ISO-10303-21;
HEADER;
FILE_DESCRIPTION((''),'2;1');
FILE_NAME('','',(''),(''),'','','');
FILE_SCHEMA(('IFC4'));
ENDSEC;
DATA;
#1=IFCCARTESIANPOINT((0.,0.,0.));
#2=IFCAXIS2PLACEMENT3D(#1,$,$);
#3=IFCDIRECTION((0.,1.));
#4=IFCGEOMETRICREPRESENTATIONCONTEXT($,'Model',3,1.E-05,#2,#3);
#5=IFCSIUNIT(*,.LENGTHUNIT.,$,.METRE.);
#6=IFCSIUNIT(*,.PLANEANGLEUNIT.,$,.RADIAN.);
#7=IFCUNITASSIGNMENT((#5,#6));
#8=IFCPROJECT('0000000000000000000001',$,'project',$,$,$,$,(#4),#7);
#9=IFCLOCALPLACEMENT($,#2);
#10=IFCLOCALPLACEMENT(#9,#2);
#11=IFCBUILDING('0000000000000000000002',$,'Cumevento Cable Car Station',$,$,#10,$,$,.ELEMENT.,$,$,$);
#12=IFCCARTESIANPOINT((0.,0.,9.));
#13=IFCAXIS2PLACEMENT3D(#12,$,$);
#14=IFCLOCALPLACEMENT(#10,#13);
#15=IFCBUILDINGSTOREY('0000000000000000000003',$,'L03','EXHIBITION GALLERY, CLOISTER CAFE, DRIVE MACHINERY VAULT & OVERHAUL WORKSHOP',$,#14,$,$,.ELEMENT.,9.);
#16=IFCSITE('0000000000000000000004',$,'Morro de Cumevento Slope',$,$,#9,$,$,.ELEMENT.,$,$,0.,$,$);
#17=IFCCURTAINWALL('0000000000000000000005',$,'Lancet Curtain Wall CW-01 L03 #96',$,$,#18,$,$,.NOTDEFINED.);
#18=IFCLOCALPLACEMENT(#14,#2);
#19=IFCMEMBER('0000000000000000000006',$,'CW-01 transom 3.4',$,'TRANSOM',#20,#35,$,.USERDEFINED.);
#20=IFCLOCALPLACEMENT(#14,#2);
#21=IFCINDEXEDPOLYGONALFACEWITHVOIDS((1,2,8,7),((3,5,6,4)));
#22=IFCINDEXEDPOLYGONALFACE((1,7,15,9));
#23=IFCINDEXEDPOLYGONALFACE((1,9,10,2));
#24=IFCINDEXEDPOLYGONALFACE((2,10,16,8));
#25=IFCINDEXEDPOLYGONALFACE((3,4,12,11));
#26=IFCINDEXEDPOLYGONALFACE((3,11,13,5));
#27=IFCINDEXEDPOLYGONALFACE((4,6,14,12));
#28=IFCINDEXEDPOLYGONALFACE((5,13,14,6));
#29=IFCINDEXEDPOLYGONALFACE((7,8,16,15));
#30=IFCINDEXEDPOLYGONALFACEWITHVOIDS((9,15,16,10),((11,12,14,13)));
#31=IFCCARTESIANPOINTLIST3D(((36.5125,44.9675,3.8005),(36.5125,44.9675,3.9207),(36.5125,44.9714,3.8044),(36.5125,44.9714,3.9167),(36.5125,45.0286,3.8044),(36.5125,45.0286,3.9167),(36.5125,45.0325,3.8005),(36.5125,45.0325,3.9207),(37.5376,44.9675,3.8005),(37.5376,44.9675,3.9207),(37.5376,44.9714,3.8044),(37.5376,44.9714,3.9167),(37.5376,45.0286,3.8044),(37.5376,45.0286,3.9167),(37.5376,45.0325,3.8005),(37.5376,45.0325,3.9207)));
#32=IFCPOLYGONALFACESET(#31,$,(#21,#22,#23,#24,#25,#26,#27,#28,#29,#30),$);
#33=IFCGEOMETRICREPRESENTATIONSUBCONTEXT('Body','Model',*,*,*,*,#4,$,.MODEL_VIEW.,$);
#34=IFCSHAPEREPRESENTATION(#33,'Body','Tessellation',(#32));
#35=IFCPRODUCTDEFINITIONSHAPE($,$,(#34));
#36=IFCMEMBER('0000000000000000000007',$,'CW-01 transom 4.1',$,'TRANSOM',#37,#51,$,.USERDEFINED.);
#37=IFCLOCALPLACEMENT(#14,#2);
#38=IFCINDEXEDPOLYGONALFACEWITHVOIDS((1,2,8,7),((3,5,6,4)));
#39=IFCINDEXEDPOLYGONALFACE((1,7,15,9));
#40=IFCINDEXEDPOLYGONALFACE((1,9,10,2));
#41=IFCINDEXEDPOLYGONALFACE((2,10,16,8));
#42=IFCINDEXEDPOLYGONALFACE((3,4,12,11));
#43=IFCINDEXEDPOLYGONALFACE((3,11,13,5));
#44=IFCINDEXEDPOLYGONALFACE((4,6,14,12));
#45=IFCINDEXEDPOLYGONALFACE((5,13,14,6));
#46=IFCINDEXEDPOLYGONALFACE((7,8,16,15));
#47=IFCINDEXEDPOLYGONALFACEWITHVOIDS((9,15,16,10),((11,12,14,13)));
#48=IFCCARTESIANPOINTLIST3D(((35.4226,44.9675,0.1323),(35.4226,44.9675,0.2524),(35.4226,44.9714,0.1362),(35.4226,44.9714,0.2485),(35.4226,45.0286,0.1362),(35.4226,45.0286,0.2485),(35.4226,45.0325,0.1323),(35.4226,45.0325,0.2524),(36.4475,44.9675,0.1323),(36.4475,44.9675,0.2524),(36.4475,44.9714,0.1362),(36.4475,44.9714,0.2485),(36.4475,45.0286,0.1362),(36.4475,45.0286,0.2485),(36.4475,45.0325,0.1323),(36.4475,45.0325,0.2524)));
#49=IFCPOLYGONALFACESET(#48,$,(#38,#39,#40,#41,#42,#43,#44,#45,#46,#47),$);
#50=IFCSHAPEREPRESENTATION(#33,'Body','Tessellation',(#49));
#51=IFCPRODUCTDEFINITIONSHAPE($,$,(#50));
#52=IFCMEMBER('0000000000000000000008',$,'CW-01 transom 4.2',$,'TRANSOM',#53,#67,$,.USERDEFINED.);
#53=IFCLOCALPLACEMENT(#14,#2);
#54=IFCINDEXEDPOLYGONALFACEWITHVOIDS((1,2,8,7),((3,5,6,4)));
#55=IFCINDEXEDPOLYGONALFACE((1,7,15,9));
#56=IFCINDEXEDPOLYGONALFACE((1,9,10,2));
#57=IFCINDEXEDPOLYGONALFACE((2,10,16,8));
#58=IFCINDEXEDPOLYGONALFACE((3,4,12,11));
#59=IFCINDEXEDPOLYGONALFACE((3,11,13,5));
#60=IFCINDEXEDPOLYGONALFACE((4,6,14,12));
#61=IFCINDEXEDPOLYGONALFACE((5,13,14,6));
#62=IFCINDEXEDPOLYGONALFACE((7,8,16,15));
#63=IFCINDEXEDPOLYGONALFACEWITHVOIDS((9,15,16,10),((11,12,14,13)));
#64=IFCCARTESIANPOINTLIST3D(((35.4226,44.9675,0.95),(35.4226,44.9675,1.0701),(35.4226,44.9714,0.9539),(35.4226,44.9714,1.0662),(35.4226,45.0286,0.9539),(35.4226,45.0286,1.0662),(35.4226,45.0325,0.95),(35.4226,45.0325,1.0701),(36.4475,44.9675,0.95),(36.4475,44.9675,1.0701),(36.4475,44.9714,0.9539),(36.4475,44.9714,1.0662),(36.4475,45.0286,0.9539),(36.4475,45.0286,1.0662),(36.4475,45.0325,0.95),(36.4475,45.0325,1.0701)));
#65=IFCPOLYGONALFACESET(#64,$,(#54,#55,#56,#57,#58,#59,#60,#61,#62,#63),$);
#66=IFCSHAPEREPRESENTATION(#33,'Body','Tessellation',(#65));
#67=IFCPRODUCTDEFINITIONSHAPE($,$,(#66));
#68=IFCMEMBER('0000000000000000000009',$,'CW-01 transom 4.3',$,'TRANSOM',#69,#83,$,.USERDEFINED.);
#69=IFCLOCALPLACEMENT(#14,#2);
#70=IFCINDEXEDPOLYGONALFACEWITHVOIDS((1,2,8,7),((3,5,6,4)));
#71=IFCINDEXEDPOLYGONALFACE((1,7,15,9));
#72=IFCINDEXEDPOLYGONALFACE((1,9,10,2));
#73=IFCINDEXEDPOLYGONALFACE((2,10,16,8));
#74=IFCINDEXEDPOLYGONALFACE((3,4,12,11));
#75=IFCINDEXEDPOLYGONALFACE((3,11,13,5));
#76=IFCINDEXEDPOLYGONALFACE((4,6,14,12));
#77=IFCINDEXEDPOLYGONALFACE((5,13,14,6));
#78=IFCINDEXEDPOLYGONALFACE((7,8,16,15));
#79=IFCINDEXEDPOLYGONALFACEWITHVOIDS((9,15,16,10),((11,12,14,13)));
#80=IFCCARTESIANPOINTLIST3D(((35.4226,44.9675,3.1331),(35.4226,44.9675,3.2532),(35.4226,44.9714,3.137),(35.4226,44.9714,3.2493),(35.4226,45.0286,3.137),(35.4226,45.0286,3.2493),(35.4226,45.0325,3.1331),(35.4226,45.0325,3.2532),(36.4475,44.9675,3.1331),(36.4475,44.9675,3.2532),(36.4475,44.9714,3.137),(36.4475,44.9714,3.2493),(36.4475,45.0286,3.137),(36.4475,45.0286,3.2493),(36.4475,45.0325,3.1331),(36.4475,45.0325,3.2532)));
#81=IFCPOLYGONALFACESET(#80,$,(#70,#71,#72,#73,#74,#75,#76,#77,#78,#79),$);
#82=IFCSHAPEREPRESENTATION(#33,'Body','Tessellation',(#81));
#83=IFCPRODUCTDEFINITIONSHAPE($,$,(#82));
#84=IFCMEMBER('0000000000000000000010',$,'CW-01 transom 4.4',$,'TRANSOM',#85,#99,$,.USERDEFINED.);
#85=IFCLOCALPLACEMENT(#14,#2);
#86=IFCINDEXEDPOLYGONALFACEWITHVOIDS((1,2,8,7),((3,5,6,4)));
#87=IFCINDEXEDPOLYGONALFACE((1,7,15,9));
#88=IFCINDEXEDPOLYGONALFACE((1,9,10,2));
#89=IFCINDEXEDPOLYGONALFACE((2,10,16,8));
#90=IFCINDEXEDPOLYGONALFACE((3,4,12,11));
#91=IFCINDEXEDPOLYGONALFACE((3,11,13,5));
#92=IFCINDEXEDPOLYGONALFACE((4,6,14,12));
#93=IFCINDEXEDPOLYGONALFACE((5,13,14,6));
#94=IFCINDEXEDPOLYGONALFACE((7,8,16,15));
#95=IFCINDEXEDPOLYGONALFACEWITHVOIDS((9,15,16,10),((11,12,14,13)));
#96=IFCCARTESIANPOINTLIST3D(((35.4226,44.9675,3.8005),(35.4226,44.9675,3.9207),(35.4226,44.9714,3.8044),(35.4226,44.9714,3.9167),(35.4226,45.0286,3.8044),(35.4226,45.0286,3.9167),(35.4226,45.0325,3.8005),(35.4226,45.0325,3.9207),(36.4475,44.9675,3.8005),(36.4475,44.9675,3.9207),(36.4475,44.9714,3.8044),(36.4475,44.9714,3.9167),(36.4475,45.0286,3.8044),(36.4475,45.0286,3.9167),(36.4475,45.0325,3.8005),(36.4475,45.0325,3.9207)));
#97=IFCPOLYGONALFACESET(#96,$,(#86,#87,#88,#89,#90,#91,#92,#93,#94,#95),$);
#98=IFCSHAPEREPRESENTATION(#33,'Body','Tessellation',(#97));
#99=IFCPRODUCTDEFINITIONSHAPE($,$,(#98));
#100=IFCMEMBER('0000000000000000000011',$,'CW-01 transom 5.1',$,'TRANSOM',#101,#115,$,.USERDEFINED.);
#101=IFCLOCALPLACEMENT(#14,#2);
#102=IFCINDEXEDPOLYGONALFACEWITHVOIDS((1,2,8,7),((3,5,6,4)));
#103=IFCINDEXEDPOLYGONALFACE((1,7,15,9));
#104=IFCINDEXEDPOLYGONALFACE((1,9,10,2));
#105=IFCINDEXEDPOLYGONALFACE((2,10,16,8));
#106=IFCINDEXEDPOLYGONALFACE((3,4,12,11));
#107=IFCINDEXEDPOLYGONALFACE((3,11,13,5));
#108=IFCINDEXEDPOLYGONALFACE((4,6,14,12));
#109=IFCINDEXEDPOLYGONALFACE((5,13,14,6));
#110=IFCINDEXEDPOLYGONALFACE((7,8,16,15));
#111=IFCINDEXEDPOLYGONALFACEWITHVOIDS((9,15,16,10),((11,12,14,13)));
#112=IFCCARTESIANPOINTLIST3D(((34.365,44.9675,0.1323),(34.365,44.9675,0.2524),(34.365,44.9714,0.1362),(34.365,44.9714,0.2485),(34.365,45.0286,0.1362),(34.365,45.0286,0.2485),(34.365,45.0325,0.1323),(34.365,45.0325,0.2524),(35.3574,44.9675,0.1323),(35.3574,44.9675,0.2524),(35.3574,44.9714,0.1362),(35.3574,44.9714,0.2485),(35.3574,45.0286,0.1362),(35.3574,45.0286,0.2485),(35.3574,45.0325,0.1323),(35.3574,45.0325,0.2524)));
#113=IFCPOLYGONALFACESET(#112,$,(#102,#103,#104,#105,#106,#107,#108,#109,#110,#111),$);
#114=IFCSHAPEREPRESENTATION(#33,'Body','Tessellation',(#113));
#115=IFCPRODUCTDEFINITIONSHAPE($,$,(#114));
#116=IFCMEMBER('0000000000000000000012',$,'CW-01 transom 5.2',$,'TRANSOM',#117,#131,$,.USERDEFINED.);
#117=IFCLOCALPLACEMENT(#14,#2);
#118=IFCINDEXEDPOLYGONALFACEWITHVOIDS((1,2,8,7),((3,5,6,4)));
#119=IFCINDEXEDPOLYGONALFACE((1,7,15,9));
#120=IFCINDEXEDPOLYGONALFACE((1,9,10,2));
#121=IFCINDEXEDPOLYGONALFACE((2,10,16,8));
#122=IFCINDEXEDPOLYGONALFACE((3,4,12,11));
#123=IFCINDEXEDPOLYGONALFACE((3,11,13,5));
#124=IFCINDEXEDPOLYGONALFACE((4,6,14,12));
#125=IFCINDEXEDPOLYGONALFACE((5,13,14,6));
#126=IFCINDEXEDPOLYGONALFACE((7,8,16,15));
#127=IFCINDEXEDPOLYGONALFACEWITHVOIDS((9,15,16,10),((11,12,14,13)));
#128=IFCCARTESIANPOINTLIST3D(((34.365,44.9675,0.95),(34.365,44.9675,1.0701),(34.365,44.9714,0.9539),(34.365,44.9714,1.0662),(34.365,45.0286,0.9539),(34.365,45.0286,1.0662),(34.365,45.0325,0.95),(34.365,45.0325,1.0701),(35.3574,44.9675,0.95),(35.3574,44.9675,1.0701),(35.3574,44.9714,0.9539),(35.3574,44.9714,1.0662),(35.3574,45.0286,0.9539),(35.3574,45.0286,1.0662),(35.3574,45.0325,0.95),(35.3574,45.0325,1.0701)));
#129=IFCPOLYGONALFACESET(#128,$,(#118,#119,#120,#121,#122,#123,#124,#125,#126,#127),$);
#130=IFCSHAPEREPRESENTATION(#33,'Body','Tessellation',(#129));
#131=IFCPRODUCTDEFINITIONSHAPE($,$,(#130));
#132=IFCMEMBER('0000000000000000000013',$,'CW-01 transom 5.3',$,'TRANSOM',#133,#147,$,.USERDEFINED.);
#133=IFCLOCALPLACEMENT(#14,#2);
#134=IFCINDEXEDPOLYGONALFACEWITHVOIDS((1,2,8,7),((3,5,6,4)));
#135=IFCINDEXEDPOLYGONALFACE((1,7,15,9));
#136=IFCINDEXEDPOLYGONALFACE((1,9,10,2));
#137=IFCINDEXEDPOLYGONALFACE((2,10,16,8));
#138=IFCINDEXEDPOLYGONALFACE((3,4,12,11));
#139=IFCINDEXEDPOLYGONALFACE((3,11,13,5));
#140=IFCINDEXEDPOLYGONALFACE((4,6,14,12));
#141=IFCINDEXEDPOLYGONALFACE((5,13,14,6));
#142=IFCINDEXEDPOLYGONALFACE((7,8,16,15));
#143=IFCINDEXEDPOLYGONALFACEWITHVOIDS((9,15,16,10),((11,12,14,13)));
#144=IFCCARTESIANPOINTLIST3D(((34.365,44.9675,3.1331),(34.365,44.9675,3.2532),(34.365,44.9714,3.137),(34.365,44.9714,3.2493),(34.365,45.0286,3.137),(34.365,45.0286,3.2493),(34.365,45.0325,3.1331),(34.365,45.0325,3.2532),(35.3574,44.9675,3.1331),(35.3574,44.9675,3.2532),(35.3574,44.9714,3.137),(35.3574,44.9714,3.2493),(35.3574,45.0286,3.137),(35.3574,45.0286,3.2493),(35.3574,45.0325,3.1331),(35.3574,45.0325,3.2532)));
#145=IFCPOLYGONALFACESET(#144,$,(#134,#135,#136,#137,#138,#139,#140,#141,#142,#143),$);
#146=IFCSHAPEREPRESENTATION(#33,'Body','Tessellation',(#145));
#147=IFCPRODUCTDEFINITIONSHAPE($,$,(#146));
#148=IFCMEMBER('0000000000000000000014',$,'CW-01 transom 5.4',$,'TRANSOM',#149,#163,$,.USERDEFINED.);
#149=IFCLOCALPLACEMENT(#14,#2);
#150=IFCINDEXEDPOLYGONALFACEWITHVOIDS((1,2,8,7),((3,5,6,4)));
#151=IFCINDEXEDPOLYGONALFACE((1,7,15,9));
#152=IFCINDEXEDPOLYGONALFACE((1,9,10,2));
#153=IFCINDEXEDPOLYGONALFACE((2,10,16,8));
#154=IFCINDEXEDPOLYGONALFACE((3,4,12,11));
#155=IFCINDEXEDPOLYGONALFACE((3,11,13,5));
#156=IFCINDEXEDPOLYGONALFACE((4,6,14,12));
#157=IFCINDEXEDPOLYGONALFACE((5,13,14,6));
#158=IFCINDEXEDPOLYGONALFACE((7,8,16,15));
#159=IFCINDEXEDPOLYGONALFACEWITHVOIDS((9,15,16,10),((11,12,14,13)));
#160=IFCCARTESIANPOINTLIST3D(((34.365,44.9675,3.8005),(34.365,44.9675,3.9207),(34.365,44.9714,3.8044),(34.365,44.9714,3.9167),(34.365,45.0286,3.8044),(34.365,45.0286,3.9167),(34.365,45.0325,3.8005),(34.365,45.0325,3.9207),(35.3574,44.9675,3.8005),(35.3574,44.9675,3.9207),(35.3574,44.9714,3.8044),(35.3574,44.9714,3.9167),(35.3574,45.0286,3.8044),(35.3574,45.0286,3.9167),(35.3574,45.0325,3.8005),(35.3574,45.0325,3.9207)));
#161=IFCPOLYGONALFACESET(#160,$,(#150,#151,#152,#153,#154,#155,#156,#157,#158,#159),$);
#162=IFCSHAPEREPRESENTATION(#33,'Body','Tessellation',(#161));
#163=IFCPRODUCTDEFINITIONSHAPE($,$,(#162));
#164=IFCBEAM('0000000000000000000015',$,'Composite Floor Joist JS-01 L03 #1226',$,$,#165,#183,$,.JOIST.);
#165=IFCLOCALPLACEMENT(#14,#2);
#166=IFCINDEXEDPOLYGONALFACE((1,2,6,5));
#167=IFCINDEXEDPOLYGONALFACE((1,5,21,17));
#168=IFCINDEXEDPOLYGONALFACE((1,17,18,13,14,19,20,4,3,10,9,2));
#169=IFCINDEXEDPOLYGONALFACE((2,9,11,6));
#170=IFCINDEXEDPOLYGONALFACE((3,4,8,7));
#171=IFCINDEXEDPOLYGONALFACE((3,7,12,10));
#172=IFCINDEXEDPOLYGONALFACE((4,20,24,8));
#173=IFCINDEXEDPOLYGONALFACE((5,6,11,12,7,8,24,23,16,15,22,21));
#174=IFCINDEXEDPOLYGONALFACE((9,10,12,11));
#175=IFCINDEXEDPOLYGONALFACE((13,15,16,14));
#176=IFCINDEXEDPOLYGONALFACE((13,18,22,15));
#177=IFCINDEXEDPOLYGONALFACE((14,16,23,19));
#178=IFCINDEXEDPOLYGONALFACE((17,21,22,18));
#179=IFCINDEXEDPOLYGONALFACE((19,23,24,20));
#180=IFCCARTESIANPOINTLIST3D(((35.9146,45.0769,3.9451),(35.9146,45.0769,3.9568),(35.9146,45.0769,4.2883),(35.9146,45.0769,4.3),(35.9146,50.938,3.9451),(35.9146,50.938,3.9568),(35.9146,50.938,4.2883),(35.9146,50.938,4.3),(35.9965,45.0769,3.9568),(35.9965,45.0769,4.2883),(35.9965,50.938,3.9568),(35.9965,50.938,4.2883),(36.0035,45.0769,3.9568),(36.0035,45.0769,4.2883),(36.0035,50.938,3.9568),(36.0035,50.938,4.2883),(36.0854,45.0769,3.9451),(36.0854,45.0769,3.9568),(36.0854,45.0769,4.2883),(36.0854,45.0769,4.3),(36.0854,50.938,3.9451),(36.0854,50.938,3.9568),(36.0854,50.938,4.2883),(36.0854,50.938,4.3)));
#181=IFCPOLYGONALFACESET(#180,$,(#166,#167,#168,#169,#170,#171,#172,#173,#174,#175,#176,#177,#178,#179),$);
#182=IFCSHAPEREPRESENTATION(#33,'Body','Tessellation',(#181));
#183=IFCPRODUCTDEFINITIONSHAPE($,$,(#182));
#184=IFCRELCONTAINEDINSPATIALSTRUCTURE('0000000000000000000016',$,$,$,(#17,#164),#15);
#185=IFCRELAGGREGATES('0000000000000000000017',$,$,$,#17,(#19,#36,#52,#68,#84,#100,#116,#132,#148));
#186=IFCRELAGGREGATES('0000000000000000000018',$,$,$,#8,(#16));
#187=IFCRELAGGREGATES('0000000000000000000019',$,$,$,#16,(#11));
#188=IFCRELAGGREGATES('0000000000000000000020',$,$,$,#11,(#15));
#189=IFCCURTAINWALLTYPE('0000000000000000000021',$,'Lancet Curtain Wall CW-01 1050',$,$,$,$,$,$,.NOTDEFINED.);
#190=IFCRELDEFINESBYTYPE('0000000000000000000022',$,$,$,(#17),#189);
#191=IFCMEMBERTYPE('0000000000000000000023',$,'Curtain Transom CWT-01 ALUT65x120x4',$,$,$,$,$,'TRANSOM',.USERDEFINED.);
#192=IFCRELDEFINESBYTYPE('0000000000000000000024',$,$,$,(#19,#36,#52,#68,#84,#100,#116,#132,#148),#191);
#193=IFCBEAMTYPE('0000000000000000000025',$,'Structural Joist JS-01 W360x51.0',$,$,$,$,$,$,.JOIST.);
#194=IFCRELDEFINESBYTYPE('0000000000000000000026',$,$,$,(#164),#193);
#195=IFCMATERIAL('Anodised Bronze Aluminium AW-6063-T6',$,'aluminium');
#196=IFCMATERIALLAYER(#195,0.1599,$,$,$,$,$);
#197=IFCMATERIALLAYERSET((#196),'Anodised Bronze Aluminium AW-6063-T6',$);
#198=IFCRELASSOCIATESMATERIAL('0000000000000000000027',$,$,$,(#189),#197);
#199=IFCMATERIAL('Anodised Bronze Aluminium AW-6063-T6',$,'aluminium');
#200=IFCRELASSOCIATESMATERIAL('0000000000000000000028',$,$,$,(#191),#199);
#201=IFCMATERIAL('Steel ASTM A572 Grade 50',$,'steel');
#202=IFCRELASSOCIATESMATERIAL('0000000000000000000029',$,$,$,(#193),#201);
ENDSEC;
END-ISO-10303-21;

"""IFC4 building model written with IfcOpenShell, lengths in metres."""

from ifc_helpers import new_model, si_unit, direction, frame, origin, origin_2d, place, context, subcontext, project, spatial, hollow_rectangle, i_section, extrude, material, layer, layer_set, material_profile, profile_set, type_object, element, aggregate, save


model = new_model("IFC4")

# Units and contexts
model_context = context("Model", 3, precision=1e-05, world=origin(), true_north=direction((0.0, 1.0)))
body_context = subcontext(model_context, "Body", "Model", "MODEL_VIEW")
ifc_project = project(units=[si_unit("LENGTHUNIT", "METRE"), si_unit("PLANEANGLEUNIT", "RADIAN")], contexts=[model_context])

# Site, building, storey
site_placement = place(None, origin())
site = spatial("IfcSite", under=ifc_project, at=site_placement, Name="Morro de Cumevento Slope", CompositionType="ELEMENT", RefElevation=0.0)
building_placement = place(site_placement, origin())
building = spatial("IfcBuilding", under=site, at=building_placement, Name="Cumevento Cable Car Station", CompositionType="ELEMENT")
storey_placement = place(building_placement, frame((0.0, 0.0, 9.0)))
storey = spatial("IfcBuildingStorey", under=building, at=storey_placement, Name="L03", Description="EXHIBITION GALLERY, CLOISTER CAFE, DRIVE MACHINERY VAULT & OVERHAUL WORKSHOP", CompositionType="ELEMENT", Elevation=9.0)

# Curtain wall, members
ifc_material_1 = material(Name="Anodised Bronze Aluminium AW-6063-T6", Category="aluminium")
ifc_layer_1 = layer(ifc_material_1, 0.1599)
ifc_layer_set_1 = layer_set([ifc_layer_1], Name="Anodised Bronze Aluminium AW-6063-T6")
curtain_wall_type = type_object("IfcCurtainWallType", Name="Lancet Curtain Wall CW-01 1050", PredefinedType="NOTDEFINED", material=ifc_layer_set_1)
curtain_wall_placement = place(storey_placement, origin())
curtain_wall = element("IfcCurtainWall", 1, at=curtain_wall_placement, inside=storey, type_object=curtain_wall_type, Name="Lancet Curtain Wall CW-01 L03 #96", PredefinedType="NOTDEFINED")
ifc_material_2 = material(Name="Anodised Bronze Aluminium AW-6063-T6", Category="aluminium")
ifc_material_profile_1 = material_profile(ifc_material_2, hollow_rectangle(XDim=0.0649, YDim=0.1201, WallThickness=0.0039, at=origin_2d()), Name="ALUT65x120x4")
ifc_profile_set_1 = profile_set([ifc_material_profile_1], Name="Anodised Bronze Aluminium AW-6063-T6")
member_type_1 = type_object("IfcMemberType", Name="Curtain Transom CWT-01 ALUT65x120x4", ElementType="TRANSOM", PredefinedType="USERDEFINED", material=ifc_profile_set_1)
member_1_placement = place(storey_placement, frame((37.5376, 45.0, 3.8606), z_axis=(-1.0, 0.0, 0.0), x_axis=(0.0, -1.0, 0.0)))
member_1 = element("IfcMember", 2, at=member_1_placement, type_object=member_type_1, Name="CW-01 transom 3.4", ObjectType="TRANSOM", PredefinedType="USERDEFINED", context=body_context, shape_type="SweptSolid", body=[
    extrude(hollow_rectangle(XDim=0.0649, YDim=0.1201, WallThickness=0.0039, at=origin_2d()), origin(), (0.0, 0.0, 1.0), 1.0251),
])
member_2_placement = place(storey_placement, frame((36.4475, 45.0, 0.1924), z_axis=(-1.0, 0.0, 0.0), x_axis=(0.0, -1.0, 0.0)))
member_2 = element("IfcMember", 3, at=member_2_placement, type_object=member_type_1, Name="CW-01 transom 4.1", ObjectType="TRANSOM", PredefinedType="USERDEFINED", context=body_context, shape_type="SweptSolid", body=[
    extrude(hollow_rectangle(XDim=0.0649, YDim=0.1201, WallThickness=0.0039, at=origin_2d()), origin(), (0.0, 0.0, 1.0), 1.0249),
])
member_3_placement = place(storey_placement, frame((36.4475, 45.0, 1.01), z_axis=(-1.0, 0.0, 0.0), x_axis=(0.0, -1.0, 0.0)))
member_3 = element("IfcMember", 4, at=member_3_placement, type_object=member_type_1, Name="CW-01 transom 4.2", ObjectType="TRANSOM", PredefinedType="USERDEFINED", context=body_context, shape_type="SweptSolid", body=[
    extrude(hollow_rectangle(XDim=0.0649, YDim=0.1201, WallThickness=0.0039, at=origin_2d()), origin(), (0.0, 0.0, 1.0), 1.0249),
])
member_4_placement = place(storey_placement, frame((36.4475, 45.0, 3.1931), z_axis=(-1.0, 0.0, 0.0), x_axis=(0.0, -1.0, 0.0)))
member_4 = element("IfcMember", 5, at=member_4_placement, type_object=member_type_1, Name="CW-01 transom 4.3", ObjectType="TRANSOM", PredefinedType="USERDEFINED", context=body_context, shape_type="SweptSolid", body=[
    extrude(hollow_rectangle(XDim=0.0649, YDim=0.1201, WallThickness=0.0039, at=origin_2d()), origin(), (0.0, 0.0, 1.0), 1.0249),
])
member_5_placement = place(storey_placement, frame((36.4475, 45.0, 3.8606), z_axis=(-1.0, 0.0, 0.0), x_axis=(0.0, -1.0, 0.0)))
member_5 = element("IfcMember", 6, at=member_5_placement, type_object=member_type_1, Name="CW-01 transom 4.4", ObjectType="TRANSOM", PredefinedType="USERDEFINED", context=body_context, shape_type="SweptSolid", body=[
    extrude(hollow_rectangle(XDim=0.0649, YDim=0.1201, WallThickness=0.0039, at=origin_2d()), origin(), (0.0, 0.0, 1.0), 1.0249),
])
member_6_placement = place(storey_placement, frame((35.3574, 45.0, 0.1924), z_axis=(-1.0, 0.0, 0.0), x_axis=(0.0, -1.0, 0.0)))
member_6 = element("IfcMember", 7, at=member_6_placement, type_object=member_type_1, Name="CW-01 transom 5.1", ObjectType="TRANSOM", PredefinedType="USERDEFINED", context=body_context, shape_type="SweptSolid", body=[
    extrude(hollow_rectangle(XDim=0.0649, YDim=0.1201, WallThickness=0.0039, at=origin_2d()), origin(), (0.0, 0.0, 1.0), 0.9924),
])
member_7_placement = place(storey_placement, frame((35.3574, 45.0, 1.01), z_axis=(-1.0, 0.0, 0.0), x_axis=(0.0, -1.0, 0.0)))
member_7 = element("IfcMember", 8, at=member_7_placement, type_object=member_type_1, Name="CW-01 transom 5.2", ObjectType="TRANSOM", PredefinedType="USERDEFINED", context=body_context, shape_type="SweptSolid", body=[
    extrude(hollow_rectangle(XDim=0.0649, YDim=0.1201, WallThickness=0.0039, at=origin_2d()), origin(), (0.0, 0.0, 1.0), 0.9924),
])
member_8_placement = place(storey_placement, frame((35.3574, 45.0, 3.1931), z_axis=(-1.0, 0.0, 0.0), x_axis=(0.0, -1.0, 0.0)))
member_8 = element("IfcMember", 9, at=member_8_placement, type_object=member_type_1, Name="CW-01 transom 5.3", ObjectType="TRANSOM", PredefinedType="USERDEFINED", context=body_context, shape_type="SweptSolid", body=[
    extrude(hollow_rectangle(XDim=0.0649, YDim=0.1201, WallThickness=0.0039, at=origin_2d()), origin(), (0.0, 0.0, 1.0), 0.9924),
])
member_9_placement = place(storey_placement, frame((35.3574, 45.0, 3.8606), z_axis=(-1.0, 0.0, 0.0), x_axis=(0.0, -1.0, 0.0)))
member_9 = element("IfcMember", 10, at=member_9_placement, type_object=member_type_1, Name="CW-01 transom 5.4", ObjectType="TRANSOM", PredefinedType="USERDEFINED", context=body_context, shape_type="SweptSolid", body=[
    extrude(hollow_rectangle(XDim=0.0649, YDim=0.1201, WallThickness=0.0039, at=origin_2d()), origin(), (0.0, 0.0, 1.0), 0.9924),
])

# Beam
ifc_material_3 = material(Name="Steel ASTM A572 Grade 50", Category="steel")
ifc_material_profile_2 = material_profile(ifc_material_3, i_section(OverallWidth=0.1709, OverallDepth=0.355, WebThickness=0.0071, FlangeThickness=0.0117, at=origin_2d()), Name="W360x51.0")
ifc_profile_set_2 = profile_set([ifc_material_profile_2], Name="Steel ASTM A572 Grade 50")
beam_type = type_object("IfcBeamType", Name="Structural Joist JS-01 W360x51.0", PredefinedType="JOIST", material=ifc_profile_set_2)
for number, where, z_axis, x_axis, name in (
    (11, (36.0, 45.0769, 4.1226), (0.0, 1.0, 0.0), (-1.0, 0.0, 0.0), "Composite Floor Joist JS-01 L03 #1226"),
):
    element("IfcBeam", number, at=place(storey_placement, frame(where, z_axis=z_axis, x_axis=x_axis)), inside=storey, type_object=beam_type, Name=name, PredefinedType="JOIST", context=body_context, shape_type="SweptSolid", body=[
        extrude(i_section(OverallWidth=0.1709, OverallDepth=0.355, WebThickness=0.0071, FlangeThickness=0.0117, at=origin_2d()), origin(), (0.0, 0.0, 1.0), 5.8611),
    ])

aggregate(curtain_wall, [member_1, member_2, member_3, member_4, member_5, member_6, member_7, member_8, member_9])

save(model, "model.ifc")
